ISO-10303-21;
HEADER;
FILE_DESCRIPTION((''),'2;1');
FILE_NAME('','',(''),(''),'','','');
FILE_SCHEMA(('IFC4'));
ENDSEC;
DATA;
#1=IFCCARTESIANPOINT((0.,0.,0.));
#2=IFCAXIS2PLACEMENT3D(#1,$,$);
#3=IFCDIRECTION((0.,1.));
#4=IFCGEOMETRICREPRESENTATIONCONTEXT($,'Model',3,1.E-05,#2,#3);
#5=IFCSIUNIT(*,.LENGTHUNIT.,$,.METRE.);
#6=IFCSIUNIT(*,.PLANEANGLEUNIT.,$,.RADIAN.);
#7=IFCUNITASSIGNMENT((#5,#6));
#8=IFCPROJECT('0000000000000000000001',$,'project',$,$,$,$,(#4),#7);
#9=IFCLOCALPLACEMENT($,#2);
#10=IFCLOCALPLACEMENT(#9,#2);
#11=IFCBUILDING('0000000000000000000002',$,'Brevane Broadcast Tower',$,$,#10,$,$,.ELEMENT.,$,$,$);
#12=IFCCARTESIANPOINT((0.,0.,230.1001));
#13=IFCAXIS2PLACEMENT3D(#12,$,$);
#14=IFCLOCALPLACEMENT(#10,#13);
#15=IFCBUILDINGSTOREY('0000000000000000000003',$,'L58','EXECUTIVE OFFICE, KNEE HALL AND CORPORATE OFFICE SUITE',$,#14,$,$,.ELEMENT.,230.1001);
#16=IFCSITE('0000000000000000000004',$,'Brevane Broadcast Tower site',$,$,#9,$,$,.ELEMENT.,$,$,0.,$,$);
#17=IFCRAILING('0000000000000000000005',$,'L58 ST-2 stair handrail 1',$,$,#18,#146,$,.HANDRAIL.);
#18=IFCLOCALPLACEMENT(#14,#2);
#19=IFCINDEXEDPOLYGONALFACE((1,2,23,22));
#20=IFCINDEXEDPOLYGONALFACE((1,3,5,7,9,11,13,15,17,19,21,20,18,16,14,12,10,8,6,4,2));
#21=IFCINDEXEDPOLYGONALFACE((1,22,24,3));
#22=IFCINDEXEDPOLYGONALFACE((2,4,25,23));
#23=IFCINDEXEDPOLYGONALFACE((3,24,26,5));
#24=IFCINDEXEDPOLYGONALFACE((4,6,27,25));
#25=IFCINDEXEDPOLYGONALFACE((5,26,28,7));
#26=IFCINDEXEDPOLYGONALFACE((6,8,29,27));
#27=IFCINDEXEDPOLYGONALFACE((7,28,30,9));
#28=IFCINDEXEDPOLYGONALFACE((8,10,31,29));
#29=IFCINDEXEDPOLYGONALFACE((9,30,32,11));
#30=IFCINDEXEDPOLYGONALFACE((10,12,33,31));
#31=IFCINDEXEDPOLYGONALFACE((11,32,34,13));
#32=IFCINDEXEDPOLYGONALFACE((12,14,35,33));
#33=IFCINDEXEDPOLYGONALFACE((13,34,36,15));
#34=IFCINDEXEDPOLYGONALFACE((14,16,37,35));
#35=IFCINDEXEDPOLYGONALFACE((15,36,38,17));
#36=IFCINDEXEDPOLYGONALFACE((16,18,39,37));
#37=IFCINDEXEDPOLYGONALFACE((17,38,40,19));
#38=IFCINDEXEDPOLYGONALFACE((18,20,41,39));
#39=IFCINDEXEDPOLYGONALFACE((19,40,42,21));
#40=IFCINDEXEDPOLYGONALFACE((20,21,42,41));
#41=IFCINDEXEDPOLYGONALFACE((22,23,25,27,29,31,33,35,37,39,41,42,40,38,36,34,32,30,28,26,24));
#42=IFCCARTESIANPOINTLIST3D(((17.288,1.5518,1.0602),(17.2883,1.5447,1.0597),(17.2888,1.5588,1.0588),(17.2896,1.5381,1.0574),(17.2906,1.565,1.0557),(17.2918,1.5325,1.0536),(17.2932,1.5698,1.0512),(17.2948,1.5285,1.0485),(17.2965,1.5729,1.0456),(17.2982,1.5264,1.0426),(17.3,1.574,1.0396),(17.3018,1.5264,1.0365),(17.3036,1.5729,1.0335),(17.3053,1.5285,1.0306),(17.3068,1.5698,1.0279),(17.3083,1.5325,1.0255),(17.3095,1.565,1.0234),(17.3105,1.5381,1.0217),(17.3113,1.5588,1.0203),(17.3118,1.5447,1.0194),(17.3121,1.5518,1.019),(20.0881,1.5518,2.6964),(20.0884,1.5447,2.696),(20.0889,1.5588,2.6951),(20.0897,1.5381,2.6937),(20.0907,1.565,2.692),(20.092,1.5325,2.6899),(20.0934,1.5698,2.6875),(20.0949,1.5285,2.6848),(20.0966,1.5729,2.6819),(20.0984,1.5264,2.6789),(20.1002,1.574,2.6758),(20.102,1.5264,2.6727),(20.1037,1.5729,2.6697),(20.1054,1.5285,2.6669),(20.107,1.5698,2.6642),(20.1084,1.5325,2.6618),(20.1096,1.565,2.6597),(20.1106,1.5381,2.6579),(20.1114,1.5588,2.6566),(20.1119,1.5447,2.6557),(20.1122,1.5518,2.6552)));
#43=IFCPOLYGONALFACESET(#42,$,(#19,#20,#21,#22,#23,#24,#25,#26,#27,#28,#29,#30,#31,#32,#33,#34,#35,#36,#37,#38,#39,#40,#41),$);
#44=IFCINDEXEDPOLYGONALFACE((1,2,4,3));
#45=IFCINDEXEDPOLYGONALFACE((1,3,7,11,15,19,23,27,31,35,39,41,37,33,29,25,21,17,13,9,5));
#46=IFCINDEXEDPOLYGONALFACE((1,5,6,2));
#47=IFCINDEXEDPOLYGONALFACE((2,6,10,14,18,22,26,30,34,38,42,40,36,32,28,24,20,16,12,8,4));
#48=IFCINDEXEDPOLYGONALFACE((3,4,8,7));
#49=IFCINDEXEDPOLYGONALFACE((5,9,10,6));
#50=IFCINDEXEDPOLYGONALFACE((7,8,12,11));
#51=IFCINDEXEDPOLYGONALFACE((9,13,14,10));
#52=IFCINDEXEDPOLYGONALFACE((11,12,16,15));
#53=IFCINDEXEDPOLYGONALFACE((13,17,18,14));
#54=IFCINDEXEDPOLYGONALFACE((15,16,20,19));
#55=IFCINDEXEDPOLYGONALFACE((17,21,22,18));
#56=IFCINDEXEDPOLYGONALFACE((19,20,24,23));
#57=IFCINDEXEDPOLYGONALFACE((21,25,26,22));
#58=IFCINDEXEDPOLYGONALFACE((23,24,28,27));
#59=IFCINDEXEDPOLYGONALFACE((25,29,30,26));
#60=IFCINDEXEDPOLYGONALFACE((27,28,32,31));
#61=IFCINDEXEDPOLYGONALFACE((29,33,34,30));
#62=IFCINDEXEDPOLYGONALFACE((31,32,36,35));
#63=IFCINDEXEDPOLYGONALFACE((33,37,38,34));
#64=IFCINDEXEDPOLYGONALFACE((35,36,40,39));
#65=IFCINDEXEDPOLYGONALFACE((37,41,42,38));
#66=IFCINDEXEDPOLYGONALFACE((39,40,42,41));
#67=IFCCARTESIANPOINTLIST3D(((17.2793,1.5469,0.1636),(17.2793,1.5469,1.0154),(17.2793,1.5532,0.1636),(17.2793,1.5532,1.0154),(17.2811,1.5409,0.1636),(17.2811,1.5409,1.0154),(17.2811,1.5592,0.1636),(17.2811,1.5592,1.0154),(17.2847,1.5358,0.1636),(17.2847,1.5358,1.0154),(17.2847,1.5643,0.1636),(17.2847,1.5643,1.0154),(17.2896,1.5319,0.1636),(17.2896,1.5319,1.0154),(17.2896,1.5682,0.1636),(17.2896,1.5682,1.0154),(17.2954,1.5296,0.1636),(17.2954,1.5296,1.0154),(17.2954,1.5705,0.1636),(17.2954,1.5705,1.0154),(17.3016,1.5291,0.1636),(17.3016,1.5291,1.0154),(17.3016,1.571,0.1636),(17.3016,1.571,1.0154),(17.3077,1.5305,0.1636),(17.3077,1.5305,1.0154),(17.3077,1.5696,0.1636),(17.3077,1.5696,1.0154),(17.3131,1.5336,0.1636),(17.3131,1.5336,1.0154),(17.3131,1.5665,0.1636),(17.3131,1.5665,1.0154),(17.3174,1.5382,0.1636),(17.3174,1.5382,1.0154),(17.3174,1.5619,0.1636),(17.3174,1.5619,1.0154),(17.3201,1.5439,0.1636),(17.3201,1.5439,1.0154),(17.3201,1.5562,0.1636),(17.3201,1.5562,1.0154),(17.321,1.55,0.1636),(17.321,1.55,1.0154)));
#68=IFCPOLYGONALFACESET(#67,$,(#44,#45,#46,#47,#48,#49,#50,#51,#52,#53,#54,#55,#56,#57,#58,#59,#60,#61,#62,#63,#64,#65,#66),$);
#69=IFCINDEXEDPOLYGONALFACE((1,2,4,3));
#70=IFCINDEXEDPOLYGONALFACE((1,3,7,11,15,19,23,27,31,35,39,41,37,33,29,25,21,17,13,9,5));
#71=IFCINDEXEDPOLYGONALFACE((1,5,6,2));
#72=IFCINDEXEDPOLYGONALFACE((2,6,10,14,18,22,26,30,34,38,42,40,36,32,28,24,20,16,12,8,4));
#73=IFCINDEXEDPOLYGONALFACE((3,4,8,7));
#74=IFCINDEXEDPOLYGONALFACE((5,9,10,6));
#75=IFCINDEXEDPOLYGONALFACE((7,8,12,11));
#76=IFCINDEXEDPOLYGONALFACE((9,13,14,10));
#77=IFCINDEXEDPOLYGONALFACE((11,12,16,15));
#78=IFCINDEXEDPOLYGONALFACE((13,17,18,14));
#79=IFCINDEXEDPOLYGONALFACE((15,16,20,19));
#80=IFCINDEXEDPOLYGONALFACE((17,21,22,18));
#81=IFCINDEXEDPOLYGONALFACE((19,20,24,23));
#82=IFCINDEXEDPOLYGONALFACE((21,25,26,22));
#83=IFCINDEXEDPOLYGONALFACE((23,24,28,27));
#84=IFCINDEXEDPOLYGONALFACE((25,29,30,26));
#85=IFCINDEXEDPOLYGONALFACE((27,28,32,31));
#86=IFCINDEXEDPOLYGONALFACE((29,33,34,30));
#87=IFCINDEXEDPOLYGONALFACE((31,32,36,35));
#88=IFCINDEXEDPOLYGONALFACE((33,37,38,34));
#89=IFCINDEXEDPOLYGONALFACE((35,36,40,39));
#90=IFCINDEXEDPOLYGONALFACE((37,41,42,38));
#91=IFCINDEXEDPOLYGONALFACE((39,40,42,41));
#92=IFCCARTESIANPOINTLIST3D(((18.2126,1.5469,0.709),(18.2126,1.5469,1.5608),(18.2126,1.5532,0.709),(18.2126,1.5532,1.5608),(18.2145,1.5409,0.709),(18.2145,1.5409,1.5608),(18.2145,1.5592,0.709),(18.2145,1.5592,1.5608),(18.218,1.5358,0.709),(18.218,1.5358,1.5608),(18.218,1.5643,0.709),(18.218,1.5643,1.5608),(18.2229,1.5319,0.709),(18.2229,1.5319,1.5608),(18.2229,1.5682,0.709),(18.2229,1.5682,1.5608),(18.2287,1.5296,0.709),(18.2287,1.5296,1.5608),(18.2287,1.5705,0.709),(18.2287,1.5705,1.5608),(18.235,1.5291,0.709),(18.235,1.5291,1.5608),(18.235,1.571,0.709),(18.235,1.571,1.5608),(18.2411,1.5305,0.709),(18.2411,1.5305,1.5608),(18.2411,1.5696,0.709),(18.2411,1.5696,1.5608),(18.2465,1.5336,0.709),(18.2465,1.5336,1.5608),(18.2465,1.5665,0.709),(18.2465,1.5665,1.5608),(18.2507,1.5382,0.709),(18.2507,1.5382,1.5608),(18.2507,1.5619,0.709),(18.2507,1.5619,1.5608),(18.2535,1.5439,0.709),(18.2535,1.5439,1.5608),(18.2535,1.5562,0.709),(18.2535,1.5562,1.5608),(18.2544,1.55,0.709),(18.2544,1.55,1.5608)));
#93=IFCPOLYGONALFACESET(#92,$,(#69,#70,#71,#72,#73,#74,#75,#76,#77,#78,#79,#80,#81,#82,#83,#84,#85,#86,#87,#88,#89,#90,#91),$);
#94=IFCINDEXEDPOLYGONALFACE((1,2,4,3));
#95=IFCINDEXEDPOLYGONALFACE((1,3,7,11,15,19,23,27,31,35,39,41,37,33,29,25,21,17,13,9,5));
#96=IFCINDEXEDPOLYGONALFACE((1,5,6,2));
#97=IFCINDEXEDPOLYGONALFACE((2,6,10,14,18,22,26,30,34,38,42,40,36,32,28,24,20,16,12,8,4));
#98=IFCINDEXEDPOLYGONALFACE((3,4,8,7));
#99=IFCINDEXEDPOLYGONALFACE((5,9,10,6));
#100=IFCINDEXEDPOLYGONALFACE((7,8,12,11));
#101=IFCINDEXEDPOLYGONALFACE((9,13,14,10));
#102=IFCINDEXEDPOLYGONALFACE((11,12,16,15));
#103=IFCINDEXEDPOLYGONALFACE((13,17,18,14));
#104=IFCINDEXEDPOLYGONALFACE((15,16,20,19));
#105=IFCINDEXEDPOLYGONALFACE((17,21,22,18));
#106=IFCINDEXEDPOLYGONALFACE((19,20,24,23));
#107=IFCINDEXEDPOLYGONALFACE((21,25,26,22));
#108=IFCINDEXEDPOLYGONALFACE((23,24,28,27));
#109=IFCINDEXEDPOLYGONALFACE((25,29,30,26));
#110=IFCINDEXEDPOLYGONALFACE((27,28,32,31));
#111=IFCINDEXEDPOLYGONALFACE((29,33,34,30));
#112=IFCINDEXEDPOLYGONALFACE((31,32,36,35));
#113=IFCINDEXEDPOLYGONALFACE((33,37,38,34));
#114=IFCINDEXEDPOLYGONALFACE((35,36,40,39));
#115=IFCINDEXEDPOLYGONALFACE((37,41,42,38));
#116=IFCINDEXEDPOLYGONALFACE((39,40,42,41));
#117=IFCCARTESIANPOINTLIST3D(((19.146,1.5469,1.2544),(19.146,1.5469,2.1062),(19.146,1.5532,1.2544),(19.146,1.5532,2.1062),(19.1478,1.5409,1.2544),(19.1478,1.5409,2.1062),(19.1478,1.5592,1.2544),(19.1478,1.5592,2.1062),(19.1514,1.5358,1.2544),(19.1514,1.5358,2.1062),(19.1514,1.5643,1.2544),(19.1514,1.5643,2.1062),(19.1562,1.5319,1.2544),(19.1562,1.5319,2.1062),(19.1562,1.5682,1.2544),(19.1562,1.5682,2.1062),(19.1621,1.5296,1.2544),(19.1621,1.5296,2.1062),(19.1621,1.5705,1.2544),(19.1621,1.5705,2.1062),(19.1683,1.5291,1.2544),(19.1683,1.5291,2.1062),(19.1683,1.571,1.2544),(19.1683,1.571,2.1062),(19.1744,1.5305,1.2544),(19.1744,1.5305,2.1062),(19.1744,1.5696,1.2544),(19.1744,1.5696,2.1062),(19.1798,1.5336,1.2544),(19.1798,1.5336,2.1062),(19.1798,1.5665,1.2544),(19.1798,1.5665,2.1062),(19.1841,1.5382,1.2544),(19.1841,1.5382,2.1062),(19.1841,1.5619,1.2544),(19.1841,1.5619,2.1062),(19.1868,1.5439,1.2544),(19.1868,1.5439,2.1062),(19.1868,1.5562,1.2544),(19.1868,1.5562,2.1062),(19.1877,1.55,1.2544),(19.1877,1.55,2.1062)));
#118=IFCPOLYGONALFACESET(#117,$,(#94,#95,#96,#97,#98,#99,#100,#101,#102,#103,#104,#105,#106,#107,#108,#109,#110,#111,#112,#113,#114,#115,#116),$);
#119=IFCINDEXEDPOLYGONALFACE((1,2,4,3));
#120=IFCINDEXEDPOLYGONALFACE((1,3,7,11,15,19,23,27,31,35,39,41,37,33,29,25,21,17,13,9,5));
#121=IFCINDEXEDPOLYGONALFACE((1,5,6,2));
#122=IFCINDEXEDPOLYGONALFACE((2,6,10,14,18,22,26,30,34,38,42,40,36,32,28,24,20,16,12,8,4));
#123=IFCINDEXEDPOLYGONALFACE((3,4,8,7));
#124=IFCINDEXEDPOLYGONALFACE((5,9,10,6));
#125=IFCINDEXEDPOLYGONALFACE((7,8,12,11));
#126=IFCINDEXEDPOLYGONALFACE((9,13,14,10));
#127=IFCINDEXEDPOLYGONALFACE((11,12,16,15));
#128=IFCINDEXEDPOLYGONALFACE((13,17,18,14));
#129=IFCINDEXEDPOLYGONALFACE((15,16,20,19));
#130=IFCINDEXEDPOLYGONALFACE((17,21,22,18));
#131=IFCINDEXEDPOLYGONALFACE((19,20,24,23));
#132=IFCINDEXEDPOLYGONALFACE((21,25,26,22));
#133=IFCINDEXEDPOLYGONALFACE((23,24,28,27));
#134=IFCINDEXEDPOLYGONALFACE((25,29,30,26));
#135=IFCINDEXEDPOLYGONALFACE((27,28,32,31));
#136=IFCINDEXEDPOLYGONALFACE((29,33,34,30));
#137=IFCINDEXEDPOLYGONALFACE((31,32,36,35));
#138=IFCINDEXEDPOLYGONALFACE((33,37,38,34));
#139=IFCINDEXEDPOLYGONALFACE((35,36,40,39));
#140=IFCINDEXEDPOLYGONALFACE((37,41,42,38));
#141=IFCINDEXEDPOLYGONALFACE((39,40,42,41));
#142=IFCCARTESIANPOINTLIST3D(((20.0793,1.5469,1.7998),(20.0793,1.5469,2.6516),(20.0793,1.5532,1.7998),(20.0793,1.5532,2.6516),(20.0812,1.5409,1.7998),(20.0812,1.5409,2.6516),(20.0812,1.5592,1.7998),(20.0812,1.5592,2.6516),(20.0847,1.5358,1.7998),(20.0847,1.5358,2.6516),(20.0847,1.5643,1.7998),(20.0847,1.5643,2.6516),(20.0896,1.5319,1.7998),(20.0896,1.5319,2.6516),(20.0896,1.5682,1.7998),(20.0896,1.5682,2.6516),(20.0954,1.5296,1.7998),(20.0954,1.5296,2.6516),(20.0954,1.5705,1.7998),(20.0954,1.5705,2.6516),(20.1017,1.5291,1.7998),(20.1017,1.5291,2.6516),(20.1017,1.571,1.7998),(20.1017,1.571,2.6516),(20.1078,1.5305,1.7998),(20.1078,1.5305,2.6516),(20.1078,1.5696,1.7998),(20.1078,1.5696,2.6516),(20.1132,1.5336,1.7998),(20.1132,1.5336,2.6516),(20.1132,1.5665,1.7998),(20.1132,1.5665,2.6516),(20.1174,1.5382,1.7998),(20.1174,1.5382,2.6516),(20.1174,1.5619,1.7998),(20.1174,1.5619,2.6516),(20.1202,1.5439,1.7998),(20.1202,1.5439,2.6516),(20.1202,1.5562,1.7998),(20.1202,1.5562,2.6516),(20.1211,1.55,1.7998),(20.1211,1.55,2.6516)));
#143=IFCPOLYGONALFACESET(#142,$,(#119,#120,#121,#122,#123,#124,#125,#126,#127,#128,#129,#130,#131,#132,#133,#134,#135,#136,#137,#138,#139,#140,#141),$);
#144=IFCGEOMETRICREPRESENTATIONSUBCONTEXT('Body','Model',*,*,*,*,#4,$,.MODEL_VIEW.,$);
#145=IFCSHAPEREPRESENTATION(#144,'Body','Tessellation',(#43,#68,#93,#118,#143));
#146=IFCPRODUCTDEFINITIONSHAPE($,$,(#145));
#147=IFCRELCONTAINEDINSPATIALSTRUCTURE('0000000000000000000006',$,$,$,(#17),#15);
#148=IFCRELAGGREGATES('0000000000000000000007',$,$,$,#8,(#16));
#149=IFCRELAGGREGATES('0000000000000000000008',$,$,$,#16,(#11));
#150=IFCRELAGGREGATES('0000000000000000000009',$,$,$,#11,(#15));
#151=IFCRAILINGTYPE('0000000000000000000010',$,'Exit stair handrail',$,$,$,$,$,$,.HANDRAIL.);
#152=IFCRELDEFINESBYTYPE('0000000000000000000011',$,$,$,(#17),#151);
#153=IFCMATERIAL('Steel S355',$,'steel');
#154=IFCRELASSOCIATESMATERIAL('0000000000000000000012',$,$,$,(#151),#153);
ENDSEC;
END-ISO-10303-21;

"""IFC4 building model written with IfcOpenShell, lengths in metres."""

from ifc_helpers import new_model, si_unit, direction, frame, origin, origin_2d, place, context, subcontext, project, spatial, circle, extrude, material, type_object, element, save


model = new_model("IFC4")

# Units and contexts
model_context = context("Model", 3, precision=1e-05, world=origin(), true_north=direction((0.0, 1.0)))
body_context = subcontext(model_context, "Body", "Model", "MODEL_VIEW")
ifc_project = project(units=[si_unit("LENGTHUNIT", "METRE"), si_unit("PLANEANGLEUNIT", "RADIAN")], contexts=[model_context])

# Site, building, storey
site_placement = place(None, origin())
site = spatial("IfcSite", under=ifc_project, at=site_placement, Name="Brevane Broadcast Tower site", CompositionType="ELEMENT", RefElevation=0.0)
building_placement = place(site_placement, origin())
building = spatial("IfcBuilding", under=site, at=building_placement, Name="Brevane Broadcast Tower", CompositionType="ELEMENT")
storey_placement = place(building_placement, frame((0.0, 0.0, 230.1001)))
storey = spatial("IfcBuildingStorey", under=building, at=storey_placement, Name="L58", Description="EXECUTIVE OFFICE, KNEE HALL AND CORPORATE OFFICE SUITE", CompositionType="ELEMENT", Elevation=230.1001)

# Railing
ifc_material_1 = material(Name="Steel S355", Category="steel")
railing_type_1 = type_object("IfcRailingType", Name="Exit stair handrail", PredefinedType="HANDRAIL", material=ifc_material_1)
railing_1_placement = place(storey_placement, frame((17.3, 1.55, 0.1636)))
element("IfcRailing", 1, at=railing_1_placement, inside=storey, type_object=railing_type_1, Name="L58 ST-2 stair handrail 1", PredefinedType="HANDRAIL", context=body_context, shape_type="SweptSolid", body=[
    extrude(circle(Radius=0.0239, at=origin_2d()), frame((0.0, 0.0, 0.876), z_axis=(0.863394, 0.0, 0.504531), x_axis=(0.0, 1.0, 0.0)), (0.0, 0.0, 1.0), 3.2432),
    extrude(circle(Radius=0.021, at=origin_2d()), origin(), (0.0, 0.0, 1.0), 0.8518),
    extrude(circle(Radius=0.021, at=origin_2d()), frame((0.9333, 0.0, 0.5454)), (0.0, 0.0, 1.0), 0.8518),
    extrude(circle(Radius=0.021, at=origin_2d()), frame((1.8667, 0.0, 1.0908)), (0.0, 0.0, 1.0), 0.8518),
    extrude(circle(Radius=0.021, at=origin_2d()), frame((2.8, 0.0, 1.6362)), (0.0, 0.0, 1.0), 0.8518),
])

save(model, "model.ifc")
